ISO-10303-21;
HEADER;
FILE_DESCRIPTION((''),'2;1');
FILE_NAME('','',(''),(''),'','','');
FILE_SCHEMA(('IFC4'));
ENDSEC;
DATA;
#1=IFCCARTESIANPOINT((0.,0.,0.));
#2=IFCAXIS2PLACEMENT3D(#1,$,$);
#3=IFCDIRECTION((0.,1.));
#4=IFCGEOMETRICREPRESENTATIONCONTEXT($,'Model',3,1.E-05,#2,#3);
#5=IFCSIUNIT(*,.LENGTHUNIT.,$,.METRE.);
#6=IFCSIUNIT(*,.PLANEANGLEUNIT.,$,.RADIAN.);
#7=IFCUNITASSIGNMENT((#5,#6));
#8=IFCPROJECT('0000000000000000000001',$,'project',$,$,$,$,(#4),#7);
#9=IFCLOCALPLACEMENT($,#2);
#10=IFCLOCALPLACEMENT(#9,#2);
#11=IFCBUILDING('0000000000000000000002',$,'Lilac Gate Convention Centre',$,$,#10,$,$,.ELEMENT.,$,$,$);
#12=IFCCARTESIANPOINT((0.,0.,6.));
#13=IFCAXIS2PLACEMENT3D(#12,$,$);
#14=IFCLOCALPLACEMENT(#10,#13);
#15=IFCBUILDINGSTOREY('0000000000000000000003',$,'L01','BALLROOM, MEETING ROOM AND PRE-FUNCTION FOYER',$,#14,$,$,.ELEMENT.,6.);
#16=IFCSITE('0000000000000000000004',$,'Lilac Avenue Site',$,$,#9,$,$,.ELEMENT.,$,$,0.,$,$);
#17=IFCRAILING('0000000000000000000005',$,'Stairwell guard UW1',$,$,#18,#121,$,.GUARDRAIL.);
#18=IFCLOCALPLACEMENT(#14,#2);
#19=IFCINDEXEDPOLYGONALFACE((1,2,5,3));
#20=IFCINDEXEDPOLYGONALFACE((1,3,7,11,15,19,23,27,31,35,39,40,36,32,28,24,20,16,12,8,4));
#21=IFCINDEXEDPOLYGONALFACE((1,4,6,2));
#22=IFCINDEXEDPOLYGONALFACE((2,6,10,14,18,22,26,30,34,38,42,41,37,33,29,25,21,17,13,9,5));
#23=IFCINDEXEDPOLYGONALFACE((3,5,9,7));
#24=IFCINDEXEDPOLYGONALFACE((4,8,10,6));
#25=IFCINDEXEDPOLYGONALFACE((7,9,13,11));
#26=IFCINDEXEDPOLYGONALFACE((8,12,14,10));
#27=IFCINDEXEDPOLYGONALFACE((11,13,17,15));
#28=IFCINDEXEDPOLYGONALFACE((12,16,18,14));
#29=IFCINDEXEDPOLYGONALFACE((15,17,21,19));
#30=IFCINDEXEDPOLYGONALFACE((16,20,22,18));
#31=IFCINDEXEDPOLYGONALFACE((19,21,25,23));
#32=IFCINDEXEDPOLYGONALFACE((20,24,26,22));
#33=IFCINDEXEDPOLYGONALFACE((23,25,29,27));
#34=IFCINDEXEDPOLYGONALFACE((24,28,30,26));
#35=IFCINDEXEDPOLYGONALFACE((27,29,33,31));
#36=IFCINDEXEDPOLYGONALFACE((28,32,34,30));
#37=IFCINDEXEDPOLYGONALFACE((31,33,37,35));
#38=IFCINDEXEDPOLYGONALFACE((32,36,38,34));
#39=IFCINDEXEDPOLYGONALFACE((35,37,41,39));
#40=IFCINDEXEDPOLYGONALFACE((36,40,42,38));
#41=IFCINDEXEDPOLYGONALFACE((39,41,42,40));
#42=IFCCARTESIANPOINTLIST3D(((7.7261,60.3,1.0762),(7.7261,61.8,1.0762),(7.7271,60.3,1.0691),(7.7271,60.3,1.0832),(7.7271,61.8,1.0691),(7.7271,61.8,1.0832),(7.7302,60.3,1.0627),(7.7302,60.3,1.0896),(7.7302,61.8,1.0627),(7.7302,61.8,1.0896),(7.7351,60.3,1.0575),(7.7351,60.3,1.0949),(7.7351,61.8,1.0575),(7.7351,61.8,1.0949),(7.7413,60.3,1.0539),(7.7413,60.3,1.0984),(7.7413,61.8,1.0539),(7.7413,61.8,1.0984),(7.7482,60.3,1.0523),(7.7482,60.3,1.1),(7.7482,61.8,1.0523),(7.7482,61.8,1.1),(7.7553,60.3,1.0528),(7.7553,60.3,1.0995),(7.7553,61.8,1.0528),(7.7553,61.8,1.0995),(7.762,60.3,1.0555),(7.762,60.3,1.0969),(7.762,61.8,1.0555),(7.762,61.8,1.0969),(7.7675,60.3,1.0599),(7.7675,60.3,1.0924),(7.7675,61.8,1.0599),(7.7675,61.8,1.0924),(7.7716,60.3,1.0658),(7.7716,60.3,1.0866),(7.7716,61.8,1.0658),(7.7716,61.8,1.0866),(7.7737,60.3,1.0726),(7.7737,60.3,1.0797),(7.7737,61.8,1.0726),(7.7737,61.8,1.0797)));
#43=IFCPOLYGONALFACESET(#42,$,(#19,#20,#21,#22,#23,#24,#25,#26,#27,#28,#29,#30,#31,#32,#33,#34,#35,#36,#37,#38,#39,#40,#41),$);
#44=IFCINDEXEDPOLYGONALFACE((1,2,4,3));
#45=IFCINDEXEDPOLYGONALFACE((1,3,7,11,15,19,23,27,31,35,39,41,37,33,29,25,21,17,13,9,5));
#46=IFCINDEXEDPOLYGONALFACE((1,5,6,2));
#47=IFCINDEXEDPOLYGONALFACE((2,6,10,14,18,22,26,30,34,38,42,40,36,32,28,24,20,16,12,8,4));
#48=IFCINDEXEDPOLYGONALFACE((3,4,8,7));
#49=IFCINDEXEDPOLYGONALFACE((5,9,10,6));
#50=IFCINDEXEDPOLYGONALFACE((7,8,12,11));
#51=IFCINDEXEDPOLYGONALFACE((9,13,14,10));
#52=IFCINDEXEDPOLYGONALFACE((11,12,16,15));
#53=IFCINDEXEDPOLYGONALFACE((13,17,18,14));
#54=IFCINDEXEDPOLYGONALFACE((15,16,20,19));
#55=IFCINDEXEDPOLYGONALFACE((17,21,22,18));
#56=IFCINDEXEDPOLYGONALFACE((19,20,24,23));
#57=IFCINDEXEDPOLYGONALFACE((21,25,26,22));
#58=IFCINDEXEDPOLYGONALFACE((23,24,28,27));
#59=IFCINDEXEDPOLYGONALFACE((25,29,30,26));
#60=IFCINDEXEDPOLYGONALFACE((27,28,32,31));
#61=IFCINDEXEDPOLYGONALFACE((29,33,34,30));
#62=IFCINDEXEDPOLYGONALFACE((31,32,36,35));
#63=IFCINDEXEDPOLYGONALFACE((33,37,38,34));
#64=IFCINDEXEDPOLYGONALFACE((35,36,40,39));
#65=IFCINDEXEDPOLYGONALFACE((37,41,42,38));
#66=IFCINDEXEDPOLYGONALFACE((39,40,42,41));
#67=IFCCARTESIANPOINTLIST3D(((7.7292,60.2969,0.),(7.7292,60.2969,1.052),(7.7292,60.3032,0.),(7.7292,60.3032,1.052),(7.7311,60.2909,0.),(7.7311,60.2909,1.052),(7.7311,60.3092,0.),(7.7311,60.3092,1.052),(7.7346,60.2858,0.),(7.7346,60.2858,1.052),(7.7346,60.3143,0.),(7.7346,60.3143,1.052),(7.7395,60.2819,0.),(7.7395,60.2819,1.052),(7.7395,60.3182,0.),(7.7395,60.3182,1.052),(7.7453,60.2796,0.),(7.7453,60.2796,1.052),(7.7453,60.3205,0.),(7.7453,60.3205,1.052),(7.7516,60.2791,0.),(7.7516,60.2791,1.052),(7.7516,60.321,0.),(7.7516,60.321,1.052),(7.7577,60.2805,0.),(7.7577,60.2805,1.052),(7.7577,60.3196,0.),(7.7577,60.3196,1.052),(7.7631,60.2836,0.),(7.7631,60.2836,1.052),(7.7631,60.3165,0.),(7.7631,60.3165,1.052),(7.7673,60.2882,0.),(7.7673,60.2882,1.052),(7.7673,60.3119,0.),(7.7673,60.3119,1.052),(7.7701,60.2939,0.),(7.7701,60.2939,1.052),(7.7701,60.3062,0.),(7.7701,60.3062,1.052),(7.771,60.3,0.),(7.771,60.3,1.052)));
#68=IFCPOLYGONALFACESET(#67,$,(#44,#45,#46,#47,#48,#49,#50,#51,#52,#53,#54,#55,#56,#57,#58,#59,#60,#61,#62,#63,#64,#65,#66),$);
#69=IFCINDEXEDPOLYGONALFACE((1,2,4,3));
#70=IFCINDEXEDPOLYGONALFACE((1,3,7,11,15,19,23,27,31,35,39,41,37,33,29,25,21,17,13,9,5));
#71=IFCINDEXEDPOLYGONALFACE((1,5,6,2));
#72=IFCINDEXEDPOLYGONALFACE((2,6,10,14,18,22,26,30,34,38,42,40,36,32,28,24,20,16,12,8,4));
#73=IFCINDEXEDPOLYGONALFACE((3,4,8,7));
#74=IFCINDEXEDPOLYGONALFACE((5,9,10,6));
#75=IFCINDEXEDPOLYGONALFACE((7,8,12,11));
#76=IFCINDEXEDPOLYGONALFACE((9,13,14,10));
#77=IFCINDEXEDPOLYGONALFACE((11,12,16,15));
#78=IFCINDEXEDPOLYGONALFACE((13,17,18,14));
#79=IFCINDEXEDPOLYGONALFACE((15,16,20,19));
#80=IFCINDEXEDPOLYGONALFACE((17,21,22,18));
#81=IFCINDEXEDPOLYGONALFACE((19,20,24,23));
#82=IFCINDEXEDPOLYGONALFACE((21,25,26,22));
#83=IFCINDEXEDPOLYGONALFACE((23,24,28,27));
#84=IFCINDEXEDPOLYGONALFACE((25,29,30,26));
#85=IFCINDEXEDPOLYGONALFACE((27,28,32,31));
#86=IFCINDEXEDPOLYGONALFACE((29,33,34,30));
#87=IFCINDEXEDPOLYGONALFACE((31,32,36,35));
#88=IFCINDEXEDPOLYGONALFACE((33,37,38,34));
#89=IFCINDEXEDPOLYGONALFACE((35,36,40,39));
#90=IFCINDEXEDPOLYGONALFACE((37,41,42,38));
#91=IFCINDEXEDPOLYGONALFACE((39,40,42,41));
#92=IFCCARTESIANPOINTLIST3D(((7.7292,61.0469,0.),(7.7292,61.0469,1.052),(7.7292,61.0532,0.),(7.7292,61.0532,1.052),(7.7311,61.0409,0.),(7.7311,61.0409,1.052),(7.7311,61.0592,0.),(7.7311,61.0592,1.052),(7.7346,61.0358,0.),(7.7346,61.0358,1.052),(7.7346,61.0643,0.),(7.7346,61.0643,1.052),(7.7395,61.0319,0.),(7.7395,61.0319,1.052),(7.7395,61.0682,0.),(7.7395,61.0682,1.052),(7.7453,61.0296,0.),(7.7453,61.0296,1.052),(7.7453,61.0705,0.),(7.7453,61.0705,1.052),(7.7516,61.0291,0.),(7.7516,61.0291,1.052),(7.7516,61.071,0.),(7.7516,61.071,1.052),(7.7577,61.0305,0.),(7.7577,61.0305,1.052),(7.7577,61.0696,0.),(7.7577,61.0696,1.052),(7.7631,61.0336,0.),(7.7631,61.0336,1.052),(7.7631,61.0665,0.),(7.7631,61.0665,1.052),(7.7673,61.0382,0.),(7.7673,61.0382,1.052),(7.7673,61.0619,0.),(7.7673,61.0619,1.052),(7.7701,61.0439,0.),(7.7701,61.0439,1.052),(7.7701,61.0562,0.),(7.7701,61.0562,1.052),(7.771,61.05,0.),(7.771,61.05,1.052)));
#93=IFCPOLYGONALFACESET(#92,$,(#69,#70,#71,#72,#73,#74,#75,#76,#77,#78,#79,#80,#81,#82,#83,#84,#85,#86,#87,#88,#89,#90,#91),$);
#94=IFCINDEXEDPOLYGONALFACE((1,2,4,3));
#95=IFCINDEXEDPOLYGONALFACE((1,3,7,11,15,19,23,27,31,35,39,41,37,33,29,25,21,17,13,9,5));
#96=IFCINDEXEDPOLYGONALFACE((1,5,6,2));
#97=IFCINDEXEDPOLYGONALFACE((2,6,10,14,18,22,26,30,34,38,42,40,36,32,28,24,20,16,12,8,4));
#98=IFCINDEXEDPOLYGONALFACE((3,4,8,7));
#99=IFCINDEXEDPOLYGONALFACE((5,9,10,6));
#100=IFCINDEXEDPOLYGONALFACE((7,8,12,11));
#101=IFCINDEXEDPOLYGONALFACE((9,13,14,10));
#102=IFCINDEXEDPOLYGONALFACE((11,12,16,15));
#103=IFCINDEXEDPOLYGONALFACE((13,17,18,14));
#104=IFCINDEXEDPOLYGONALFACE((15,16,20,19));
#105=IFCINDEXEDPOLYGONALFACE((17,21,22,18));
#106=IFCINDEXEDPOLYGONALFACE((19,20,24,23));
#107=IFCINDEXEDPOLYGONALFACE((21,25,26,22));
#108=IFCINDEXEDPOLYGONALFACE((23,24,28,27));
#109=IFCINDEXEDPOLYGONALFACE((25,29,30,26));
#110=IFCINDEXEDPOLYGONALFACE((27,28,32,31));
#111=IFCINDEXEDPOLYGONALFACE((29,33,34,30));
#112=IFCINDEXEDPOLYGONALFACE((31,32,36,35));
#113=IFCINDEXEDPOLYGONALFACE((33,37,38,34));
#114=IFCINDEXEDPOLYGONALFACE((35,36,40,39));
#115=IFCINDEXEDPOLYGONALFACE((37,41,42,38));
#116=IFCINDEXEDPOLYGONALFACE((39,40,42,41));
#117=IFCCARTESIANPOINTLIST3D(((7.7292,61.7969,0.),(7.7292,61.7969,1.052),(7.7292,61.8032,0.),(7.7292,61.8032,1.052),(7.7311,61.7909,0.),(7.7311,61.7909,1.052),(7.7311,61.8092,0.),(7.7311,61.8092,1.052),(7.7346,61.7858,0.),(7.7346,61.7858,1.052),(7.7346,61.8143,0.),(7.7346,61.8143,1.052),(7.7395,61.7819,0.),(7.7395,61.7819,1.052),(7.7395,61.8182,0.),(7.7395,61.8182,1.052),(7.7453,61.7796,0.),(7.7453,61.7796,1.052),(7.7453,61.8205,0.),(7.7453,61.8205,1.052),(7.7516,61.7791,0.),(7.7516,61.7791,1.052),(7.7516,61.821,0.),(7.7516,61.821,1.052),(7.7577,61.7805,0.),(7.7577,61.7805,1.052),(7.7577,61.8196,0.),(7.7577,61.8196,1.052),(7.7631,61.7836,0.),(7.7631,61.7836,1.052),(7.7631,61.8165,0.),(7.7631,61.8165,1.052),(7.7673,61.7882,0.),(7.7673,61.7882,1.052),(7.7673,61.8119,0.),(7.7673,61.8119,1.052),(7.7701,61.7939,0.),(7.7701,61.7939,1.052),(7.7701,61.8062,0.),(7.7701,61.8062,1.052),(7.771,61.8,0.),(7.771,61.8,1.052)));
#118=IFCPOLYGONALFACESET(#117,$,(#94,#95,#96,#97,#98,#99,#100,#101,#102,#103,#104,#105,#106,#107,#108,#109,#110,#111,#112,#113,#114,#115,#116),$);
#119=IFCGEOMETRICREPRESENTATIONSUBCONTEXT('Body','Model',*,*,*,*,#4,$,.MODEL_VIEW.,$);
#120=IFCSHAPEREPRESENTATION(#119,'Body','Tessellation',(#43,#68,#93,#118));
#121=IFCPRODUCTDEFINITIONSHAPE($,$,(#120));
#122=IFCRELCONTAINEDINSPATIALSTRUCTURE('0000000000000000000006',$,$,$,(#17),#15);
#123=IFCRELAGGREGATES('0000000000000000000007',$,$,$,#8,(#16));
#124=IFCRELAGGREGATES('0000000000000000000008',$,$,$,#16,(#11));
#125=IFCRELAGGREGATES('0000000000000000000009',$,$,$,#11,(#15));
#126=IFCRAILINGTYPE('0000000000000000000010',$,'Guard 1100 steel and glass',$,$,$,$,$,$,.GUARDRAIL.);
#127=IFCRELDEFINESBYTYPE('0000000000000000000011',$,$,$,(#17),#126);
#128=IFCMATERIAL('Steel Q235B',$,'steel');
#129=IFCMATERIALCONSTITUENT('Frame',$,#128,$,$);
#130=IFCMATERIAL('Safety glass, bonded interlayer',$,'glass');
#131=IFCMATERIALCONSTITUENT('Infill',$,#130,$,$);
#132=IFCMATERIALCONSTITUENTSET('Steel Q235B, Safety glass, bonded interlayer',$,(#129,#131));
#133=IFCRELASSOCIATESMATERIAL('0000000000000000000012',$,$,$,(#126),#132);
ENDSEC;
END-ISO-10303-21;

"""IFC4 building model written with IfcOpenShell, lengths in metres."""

from ifc_helpers import new_model, si_unit, direction, frame, origin, origin_2d, place, context, subcontext, project, spatial, circle, extrude, material, constituent, constituent_set, type_object, element, save


model = new_model("IFC4")

# Units and contexts
model_context = context("Model", 3, precision=1e-05, world=origin(), true_north=direction((0.0, 1.0)))
body_context = subcontext(model_context, "Body", "Model", "MODEL_VIEW")
ifc_project = project(units=[si_unit("LENGTHUNIT", "METRE"), si_unit("PLANEANGLEUNIT", "RADIAN")], contexts=[model_context])

# Site, building, storey
site_placement = place(None, origin())
site = spatial("IfcSite", under=ifc_project, at=site_placement, Name="Lilac Avenue Site", CompositionType="ELEMENT", RefElevation=0.0)
building_placement = place(site_placement, origin())
building = spatial("IfcBuilding", under=site, at=building_placement, Name="Lilac Gate Convention Centre", CompositionType="ELEMENT")
storey_placement = place(building_placement, frame((0.0, 0.0, 6.0)))
storey = spatial("IfcBuildingStorey", under=building, at=storey_placement, Name="L01", Description="BALLROOM, MEETING ROOM AND PRE-FUNCTION FOYER", CompositionType="ELEMENT", Elevation=6.0)

# Railing
ifc_material_1 = material(Name="Steel Q235B", Category="steel")
ifc_constituent_1 = constituent(ifc_material_1, Name="Frame")
ifc_material_2 = material(Name="Safety glass, bonded interlayer", Category="glass")
ifc_constituent_2 = constituent(ifc_material_2, Name="Infill")
ifc_constituent_set = constituent_set(constituents=[ifc_constituent_1, ifc_constituent_2], Name="Steel Q235B, Safety glass, bonded interlayer")
railing_type_1 = type_object("IfcRailingType", Name="Guard 1100 steel and glass", PredefinedType="GUARDRAIL", material=ifc_constituent_set)
railing_placement = place(storey_placement, frame((7.75, 60.3, 0.0)))
element("IfcRailing", 1, at=railing_placement, inside=storey, type_object=railing_type_1, Name="Stairwell guard UW1", PredefinedType="GUARDRAIL", context=body_context, shape_type="SweptSolid", body=[
    extrude(circle(Radius=0.0239, at=origin_2d()), frame((0.0, 0.0, 1.0762), z_axis=(0.0, 1.0, 0.0), x_axis=(-1.0, 0.0, 0.0)), (0.0, 0.0, 1.0), 1.5),
    extrude(circle(Radius=0.021, at=origin_2d()), origin(), (0.0, 0.0, 1.0), 1.052),
    extrude(circle(Radius=0.021, at=origin_2d()), frame((0.0, 0.75, 0.0)), (0.0, 0.0, 1.0), 1.052),
    extrude(circle(Radius=0.021, at=origin_2d()), frame((0.0, 1.5, 0.0)), (0.0, 0.0, 1.0), 1.052),
])

save(model, "model.ifc")
